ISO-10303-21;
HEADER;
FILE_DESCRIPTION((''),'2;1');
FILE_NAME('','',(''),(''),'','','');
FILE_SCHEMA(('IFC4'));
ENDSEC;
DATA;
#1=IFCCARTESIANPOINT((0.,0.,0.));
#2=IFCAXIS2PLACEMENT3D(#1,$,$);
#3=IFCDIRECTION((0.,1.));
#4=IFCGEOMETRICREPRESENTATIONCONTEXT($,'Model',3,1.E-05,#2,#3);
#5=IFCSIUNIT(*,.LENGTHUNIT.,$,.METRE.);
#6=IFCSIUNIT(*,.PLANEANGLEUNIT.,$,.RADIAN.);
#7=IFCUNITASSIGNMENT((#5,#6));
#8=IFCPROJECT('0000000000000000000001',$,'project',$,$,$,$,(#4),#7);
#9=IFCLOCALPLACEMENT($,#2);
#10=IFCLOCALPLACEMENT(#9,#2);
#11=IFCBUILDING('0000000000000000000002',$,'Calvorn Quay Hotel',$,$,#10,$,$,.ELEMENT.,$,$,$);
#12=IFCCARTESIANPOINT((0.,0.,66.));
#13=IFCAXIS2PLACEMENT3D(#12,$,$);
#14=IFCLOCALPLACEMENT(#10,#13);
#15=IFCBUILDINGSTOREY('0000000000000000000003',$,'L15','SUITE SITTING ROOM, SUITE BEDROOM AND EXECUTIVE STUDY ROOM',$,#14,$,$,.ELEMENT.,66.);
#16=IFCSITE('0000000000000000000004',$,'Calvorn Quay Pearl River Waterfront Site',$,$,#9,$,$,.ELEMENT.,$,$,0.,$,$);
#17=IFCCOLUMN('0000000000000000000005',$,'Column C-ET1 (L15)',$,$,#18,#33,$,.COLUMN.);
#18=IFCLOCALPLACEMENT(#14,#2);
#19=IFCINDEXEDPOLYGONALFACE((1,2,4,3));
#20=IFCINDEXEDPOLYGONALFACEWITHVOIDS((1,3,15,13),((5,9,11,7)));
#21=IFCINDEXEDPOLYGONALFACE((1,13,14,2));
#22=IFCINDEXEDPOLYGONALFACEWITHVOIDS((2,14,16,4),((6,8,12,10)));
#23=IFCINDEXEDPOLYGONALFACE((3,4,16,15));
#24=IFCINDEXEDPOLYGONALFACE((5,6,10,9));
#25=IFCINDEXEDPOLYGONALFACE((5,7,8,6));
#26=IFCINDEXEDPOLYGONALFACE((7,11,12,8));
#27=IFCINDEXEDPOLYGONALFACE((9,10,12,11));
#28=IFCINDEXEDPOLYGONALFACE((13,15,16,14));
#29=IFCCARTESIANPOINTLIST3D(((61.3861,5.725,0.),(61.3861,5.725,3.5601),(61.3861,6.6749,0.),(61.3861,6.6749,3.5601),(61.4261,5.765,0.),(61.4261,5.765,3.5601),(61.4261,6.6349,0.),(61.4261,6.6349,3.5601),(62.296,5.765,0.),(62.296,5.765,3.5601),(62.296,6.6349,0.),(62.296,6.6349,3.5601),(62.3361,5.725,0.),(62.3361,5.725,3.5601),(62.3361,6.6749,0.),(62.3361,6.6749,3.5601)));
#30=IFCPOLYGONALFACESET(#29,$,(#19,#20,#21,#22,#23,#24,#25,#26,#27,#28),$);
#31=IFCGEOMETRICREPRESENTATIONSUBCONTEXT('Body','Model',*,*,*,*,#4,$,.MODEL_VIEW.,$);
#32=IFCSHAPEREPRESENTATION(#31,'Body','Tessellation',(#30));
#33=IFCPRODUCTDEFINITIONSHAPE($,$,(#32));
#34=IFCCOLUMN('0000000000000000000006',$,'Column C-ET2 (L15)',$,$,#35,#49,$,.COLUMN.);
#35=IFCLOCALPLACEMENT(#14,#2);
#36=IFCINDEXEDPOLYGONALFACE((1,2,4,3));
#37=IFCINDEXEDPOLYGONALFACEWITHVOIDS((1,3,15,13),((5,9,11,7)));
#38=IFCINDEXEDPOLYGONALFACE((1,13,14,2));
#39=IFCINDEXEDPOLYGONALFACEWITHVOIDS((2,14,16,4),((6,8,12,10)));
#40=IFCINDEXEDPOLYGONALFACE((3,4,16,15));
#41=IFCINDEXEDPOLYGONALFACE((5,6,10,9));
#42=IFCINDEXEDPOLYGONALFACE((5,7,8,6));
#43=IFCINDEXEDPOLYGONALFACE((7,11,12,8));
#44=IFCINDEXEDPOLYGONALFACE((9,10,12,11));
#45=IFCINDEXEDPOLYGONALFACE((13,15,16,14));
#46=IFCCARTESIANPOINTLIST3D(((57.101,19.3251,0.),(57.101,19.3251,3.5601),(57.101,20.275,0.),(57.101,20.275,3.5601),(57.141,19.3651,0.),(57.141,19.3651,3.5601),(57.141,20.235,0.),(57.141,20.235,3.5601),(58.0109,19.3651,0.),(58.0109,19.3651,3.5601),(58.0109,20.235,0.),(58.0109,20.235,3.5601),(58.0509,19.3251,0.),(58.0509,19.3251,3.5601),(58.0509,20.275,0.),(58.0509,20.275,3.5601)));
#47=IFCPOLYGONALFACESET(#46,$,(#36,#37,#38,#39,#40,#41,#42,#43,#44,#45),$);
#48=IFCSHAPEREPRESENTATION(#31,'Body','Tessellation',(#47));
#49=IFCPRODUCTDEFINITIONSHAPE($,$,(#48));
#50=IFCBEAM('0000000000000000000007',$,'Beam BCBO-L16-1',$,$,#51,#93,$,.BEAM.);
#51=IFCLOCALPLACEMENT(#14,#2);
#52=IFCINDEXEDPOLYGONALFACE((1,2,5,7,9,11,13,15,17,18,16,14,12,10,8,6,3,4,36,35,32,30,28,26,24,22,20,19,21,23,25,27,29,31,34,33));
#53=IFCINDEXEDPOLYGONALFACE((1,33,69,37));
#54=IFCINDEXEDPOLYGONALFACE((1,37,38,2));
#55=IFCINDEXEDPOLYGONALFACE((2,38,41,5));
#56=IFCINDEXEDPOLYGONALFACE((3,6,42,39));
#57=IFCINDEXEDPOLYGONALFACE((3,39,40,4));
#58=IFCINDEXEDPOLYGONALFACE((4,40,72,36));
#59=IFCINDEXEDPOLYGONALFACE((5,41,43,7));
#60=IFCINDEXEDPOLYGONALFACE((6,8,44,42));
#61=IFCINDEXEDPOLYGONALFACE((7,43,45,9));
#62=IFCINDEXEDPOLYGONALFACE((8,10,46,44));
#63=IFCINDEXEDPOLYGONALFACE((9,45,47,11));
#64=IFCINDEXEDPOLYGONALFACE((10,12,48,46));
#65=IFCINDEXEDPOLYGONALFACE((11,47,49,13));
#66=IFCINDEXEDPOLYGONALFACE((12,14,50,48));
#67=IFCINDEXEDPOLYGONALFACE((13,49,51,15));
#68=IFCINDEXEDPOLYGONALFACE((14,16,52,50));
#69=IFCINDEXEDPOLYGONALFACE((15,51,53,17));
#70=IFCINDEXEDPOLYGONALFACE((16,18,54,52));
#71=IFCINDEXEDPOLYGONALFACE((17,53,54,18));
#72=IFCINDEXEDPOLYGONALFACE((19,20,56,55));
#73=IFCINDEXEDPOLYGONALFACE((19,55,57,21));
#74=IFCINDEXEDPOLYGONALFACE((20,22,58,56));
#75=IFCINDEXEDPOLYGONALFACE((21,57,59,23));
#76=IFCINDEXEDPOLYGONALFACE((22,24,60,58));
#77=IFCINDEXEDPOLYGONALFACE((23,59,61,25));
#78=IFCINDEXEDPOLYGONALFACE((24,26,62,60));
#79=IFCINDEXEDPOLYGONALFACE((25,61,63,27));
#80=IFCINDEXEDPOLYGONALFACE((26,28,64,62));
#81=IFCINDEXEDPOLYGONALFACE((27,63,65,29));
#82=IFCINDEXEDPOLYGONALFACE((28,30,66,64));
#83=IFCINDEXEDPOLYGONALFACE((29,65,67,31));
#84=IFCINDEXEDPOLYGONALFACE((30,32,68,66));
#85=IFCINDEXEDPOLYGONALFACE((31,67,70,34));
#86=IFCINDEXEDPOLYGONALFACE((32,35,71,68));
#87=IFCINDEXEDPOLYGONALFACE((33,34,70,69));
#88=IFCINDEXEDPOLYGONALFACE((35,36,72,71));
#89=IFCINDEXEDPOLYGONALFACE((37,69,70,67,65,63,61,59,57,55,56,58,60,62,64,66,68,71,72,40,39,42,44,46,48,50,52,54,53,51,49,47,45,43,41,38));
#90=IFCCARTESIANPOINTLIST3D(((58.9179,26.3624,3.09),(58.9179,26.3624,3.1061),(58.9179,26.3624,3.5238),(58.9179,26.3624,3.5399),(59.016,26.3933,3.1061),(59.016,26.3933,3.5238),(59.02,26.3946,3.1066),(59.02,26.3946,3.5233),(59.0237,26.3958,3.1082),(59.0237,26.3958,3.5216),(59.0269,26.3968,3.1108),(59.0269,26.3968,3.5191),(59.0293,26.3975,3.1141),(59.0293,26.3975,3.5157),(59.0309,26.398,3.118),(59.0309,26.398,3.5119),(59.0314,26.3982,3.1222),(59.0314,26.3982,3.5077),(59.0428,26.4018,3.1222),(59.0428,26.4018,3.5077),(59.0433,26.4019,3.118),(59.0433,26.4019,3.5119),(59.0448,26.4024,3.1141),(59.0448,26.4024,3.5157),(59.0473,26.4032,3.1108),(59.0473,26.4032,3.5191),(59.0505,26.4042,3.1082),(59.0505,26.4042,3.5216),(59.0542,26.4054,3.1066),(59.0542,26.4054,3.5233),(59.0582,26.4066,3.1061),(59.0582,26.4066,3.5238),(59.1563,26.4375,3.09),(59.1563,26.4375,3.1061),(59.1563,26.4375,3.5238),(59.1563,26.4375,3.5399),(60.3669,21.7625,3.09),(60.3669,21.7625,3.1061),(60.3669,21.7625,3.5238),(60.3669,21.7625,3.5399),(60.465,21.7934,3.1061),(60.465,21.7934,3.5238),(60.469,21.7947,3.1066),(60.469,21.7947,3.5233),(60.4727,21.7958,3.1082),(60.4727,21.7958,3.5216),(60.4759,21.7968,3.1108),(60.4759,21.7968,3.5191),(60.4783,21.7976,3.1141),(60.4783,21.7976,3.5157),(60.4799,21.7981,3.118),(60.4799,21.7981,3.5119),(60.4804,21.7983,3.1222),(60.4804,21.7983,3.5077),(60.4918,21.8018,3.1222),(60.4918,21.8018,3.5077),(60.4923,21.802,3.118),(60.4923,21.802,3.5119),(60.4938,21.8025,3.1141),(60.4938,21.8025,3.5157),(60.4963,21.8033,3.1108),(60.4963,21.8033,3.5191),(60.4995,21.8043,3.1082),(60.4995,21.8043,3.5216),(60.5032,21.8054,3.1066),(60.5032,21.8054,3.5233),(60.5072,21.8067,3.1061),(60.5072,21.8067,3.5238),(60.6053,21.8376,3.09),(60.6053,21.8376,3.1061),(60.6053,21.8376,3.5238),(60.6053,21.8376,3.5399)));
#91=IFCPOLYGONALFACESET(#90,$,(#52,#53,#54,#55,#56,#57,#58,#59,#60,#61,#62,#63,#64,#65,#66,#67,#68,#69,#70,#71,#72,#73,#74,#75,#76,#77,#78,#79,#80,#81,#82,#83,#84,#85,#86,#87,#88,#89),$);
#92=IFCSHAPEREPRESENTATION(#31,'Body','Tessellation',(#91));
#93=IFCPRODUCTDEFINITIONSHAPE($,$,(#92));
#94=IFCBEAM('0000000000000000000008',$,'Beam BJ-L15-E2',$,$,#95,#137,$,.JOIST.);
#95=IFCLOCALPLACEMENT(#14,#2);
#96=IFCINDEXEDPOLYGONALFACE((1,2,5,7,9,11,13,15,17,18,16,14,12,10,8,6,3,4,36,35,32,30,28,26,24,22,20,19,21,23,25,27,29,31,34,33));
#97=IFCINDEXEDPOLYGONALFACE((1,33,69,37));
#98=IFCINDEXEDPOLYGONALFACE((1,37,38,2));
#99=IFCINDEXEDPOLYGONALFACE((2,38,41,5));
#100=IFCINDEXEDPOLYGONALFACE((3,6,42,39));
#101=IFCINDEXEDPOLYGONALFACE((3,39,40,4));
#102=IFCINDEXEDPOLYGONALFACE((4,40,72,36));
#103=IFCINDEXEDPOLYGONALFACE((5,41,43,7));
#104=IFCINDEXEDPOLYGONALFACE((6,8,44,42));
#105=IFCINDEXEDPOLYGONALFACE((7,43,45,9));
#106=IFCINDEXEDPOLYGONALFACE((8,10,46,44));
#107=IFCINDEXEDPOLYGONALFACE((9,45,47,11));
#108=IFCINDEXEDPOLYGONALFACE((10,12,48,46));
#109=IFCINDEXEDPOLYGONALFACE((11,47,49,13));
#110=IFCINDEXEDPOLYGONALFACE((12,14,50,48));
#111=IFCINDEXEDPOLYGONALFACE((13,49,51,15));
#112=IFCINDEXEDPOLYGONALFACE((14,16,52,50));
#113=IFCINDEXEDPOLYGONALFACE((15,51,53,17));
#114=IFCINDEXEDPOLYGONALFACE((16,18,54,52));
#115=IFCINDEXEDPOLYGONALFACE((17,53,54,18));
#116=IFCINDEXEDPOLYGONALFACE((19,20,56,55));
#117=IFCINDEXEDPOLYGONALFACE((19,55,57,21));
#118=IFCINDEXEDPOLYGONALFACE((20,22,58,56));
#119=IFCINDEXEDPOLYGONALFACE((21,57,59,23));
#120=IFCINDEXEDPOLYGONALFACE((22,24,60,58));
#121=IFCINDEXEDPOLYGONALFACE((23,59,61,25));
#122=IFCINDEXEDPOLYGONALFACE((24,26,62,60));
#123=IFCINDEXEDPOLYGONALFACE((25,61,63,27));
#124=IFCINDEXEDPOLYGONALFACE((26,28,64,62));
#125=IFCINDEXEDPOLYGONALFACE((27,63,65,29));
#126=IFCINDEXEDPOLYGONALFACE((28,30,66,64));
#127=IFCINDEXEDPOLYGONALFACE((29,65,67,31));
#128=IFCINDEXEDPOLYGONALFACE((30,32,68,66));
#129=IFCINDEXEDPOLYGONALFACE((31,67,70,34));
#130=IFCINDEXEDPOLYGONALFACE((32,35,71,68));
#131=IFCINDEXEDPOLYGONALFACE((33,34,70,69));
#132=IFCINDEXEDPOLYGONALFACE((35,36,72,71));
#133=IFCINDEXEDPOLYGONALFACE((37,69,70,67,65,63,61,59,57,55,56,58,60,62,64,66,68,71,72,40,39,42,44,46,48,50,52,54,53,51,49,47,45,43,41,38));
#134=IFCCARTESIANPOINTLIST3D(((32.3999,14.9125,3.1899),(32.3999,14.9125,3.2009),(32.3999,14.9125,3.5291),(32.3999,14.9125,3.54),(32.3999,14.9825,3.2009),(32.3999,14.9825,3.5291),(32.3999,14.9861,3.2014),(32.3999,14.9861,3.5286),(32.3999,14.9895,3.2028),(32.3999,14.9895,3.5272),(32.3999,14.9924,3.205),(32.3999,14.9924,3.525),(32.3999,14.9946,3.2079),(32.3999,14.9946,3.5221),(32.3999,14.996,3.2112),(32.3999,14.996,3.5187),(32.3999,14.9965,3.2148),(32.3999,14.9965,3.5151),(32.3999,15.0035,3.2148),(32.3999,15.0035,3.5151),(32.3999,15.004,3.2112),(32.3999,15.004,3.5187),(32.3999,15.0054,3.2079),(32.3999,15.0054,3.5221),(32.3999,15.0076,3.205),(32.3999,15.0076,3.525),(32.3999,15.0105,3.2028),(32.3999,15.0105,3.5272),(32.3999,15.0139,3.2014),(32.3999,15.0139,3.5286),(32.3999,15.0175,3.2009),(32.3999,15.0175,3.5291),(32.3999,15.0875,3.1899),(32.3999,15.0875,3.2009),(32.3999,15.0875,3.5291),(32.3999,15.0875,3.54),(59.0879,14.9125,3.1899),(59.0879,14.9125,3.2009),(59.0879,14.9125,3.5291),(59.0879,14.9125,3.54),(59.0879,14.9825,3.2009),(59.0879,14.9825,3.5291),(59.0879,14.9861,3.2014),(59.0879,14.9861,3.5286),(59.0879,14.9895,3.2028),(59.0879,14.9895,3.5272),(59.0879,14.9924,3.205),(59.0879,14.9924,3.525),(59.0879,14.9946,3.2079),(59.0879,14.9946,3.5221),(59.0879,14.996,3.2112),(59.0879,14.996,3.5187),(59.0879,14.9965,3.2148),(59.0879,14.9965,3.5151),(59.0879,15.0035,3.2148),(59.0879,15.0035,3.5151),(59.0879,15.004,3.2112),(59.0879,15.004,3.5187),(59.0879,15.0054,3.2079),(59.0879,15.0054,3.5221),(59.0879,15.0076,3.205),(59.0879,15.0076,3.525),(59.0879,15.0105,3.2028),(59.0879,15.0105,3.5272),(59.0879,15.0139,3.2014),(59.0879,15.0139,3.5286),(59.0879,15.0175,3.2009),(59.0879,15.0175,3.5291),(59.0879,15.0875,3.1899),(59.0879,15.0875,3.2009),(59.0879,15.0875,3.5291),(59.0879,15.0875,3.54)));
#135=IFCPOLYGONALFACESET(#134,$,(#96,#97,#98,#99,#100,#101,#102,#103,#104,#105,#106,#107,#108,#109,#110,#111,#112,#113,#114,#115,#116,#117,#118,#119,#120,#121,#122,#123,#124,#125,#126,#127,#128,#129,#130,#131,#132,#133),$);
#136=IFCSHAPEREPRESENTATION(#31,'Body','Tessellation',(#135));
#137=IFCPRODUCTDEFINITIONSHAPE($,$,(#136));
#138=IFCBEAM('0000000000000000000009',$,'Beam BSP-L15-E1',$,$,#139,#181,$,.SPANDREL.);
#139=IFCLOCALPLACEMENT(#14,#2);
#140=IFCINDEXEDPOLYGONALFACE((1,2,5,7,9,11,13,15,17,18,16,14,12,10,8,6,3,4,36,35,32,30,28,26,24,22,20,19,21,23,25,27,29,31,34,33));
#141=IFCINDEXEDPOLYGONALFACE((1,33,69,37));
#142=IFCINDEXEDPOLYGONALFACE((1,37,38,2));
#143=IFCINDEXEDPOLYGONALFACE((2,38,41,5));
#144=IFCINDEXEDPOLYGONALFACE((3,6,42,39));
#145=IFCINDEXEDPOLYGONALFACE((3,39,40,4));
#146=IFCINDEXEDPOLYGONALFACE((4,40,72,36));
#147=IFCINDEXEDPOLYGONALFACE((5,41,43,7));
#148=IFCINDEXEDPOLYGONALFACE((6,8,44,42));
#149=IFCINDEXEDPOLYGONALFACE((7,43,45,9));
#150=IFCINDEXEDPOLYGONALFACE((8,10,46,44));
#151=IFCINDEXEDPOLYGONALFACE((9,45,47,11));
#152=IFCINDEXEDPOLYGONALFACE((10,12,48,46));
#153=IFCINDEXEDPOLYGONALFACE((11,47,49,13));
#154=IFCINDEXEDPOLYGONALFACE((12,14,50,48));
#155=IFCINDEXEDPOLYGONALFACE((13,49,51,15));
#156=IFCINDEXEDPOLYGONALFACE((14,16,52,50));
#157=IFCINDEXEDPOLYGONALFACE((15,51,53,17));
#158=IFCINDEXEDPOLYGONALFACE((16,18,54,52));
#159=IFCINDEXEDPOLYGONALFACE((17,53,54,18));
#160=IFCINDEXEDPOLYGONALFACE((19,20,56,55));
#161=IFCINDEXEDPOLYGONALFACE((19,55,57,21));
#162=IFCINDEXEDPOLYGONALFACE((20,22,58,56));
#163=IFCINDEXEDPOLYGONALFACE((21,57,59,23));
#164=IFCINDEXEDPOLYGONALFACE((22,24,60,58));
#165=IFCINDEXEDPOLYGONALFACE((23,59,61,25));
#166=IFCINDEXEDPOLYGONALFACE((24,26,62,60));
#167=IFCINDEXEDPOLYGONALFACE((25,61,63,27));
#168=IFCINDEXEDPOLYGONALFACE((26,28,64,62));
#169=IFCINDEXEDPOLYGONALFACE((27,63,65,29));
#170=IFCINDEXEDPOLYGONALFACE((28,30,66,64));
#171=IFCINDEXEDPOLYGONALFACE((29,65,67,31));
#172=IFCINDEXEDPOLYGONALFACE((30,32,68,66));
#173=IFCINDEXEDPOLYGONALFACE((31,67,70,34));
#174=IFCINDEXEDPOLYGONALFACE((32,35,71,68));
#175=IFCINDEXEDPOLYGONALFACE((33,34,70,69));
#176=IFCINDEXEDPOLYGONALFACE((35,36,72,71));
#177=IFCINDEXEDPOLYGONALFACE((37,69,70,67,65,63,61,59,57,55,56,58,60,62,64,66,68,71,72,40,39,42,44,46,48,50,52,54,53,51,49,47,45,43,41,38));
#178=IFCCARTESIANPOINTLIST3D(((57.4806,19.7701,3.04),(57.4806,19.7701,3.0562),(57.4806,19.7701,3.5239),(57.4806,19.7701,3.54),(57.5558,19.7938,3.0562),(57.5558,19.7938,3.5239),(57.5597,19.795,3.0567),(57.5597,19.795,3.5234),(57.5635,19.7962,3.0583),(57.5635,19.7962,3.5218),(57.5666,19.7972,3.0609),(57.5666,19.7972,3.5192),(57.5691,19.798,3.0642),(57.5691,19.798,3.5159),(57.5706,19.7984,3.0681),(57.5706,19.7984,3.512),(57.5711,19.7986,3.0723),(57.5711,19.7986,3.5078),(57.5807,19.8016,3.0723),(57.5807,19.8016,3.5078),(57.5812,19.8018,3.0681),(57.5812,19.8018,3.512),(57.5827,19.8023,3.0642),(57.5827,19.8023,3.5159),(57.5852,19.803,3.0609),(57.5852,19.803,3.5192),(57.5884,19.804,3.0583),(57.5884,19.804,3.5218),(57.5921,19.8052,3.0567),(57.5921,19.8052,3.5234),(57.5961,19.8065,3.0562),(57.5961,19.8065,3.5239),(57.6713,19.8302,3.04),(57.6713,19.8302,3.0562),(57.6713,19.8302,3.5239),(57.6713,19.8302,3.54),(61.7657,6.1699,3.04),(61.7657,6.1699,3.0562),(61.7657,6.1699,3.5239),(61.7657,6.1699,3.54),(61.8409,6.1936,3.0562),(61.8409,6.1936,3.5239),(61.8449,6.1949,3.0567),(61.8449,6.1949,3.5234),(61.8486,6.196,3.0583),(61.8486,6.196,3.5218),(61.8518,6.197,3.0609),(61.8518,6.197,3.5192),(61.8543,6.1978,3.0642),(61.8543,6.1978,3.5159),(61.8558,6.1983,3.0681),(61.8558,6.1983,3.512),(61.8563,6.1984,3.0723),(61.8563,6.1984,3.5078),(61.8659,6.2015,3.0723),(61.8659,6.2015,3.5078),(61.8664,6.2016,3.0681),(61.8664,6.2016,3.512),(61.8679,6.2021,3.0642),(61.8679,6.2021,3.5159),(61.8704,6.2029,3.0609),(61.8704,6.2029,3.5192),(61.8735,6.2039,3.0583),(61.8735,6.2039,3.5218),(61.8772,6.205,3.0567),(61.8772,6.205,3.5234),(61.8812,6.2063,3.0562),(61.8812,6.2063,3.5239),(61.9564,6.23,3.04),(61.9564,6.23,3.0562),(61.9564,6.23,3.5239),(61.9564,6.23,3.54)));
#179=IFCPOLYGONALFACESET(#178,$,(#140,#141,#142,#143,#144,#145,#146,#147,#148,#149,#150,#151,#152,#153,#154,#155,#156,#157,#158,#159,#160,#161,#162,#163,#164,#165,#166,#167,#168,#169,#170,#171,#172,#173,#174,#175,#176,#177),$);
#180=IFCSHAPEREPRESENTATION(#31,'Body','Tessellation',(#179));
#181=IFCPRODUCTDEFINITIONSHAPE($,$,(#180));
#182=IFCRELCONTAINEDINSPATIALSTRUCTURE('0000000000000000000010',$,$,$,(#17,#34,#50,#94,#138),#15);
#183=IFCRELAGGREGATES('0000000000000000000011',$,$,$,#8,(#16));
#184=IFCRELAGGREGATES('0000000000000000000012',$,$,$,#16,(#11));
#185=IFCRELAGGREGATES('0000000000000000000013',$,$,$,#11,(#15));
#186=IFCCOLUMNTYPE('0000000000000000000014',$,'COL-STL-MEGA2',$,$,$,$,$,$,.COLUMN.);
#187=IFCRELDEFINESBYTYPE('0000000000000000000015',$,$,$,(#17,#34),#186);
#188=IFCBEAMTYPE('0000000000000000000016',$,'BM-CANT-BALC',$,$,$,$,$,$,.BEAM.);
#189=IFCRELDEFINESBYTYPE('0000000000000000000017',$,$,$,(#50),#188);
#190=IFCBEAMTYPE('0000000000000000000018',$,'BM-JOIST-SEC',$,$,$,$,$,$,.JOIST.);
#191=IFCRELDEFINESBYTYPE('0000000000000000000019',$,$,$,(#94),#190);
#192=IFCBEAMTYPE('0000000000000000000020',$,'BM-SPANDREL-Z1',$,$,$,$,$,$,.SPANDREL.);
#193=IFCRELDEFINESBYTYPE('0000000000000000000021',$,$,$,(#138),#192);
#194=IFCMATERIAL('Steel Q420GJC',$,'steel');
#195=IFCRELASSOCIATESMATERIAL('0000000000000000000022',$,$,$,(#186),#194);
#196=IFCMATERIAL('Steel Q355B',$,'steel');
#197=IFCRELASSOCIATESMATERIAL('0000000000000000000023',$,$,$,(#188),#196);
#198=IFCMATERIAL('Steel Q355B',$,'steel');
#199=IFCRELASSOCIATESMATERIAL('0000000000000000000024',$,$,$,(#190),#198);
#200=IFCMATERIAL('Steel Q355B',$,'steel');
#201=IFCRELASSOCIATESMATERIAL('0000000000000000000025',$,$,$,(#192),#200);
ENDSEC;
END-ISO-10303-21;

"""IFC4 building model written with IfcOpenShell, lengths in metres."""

from ifc_helpers import new_model, si_unit, direction, frame, origin, origin_2d, place, context, subcontext, project, spatial, hollow_rectangle, i_section, extrude, material, material_profile, profile_set, type_object, element, save


model = new_model("IFC4")

# Units and contexts
model_context = context("Model", 3, precision=1e-05, world=origin(), true_north=direction((0.0, 1.0)))
body_context = subcontext(model_context, "Body", "Model", "MODEL_VIEW")
ifc_project = project(units=[si_unit("LENGTHUNIT", "METRE"), si_unit("PLANEANGLEUNIT", "RADIAN")], contexts=[model_context])

# Site, building, storey
site_placement = place(None, origin())
site = spatial("IfcSite", under=ifc_project, at=site_placement, Name="Calvorn Quay Pearl River Waterfront Site", CompositionType="ELEMENT", RefElevation=0.0)
building_placement = place(site_placement, origin())
building = spatial("IfcBuilding", under=site, at=building_placement, Name="Calvorn Quay Hotel", CompositionType="ELEMENT")
storey_placement = place(building_placement, frame((0.0, 0.0, 66.0)))
storey = spatial("IfcBuildingStorey", under=building, at=storey_placement, Name="L15", Description="SUITE SITTING ROOM, SUITE BEDROOM AND EXECUTIVE STUDY ROOM", CompositionType="ELEMENT", Elevation=66.0)

# Columns
ifc_material_1 = material(Name="Steel Q420GJC", Category="steel")
ifc_material_profile_1 = material_profile(ifc_material_1, hollow_rectangle(XDim=0.95, YDim=0.95, WallThickness=0.04, at=origin_2d()), Name="BOX950x950x40")
ifc_profile_set_1 = profile_set([ifc_material_profile_1], Name="Steel Q420GJC")
column_type = type_object("IfcColumnType", Name="COL-STL-MEGA2", PredefinedType="COLUMN", material=ifc_profile_set_1)
for number, where, z_axis, x_axis, name in (
    (1, (61.8611, 6.2, 0.0), (0.0, 0.0, 1.0), (1.0, 0.0, 0.0), "Column C-ET1 (L15)"),
    (2, (57.5759, 19.8, 0.0), (0.0, 0.0, 1.0), (1.0, 0.0, 0.0), "Column C-ET2 (L15)"),
):
    element("IfcColumn", number, at=place(storey_placement, frame(where, z_axis=z_axis, x_axis=x_axis)), inside=storey, type_object=column_type, Name=name, PredefinedType="COLUMN", context=body_context, shape_type="SweptSolid", body=[
        extrude(hollow_rectangle(XDim=0.95, YDim=0.95, WallThickness=0.04, at=origin_2d()), origin(), (0.0, 0.0, 1.0), 3.5601),
    ])

# Beams
ifc_material_2 = material(Name="Steel Q355B", Category="steel")
ifc_material_profile_2 = material_profile(ifc_material_2, i_section(OverallWidth=0.25, OverallDepth=0.45, WebThickness=0.012, FlangeThickness=0.0161, FilletRadius=0.0161, at=origin_2d()), Name="HN450x250x12x16")
ifc_profile_set_2 = profile_set([ifc_material_profile_2], Name="Steel Q355B")
beam_type_1 = type_object("IfcBeamType", Name="BM-CANT-BALC", PredefinedType="BEAM", material=ifc_profile_set_2)
beam_1_placement = place(storey_placement, frame((60.4861, 21.8, 3.3149), z_axis=(-0.30045, 0.953797, 0.0), x_axis=(-0.953797, -0.30045, 0.0)))
element("IfcBeam", 3, at=beam_1_placement, inside=storey, type_object=beam_type_1, Name="Beam BCBO-L16-1", PredefinedType="BEAM", context=body_context, shape_type="SweptSolid", body=[
    extrude(i_section(OverallWidth=0.25, OverallDepth=0.45, WebThickness=0.012, FlangeThickness=0.0161, FilletRadius=0.0161, at=origin_2d()), origin(), (0.0, 0.0, 1.0), 4.8228),
])
ifc_material_3 = material(Name="Steel Q355B", Category="steel")
ifc_material_profile_3 = material_profile(ifc_material_3, i_section(OverallWidth=0.175, OverallDepth=0.3501, WebThickness=0.0071, FlangeThickness=0.011, FilletRadius=0.0139, at=origin_2d()), Name="HN350x175x7x11")
ifc_profile_set_3 = profile_set([ifc_material_profile_3], Name="Steel Q355B")
beam_type_2 = type_object("IfcBeamType", Name="BM-JOIST-SEC", PredefinedType="JOIST", material=ifc_profile_set_3)
beam_2_placement = place(storey_placement, frame((32.3999, 15.0, 3.365), z_axis=(1.0, 0.0, 0.0), x_axis=(0.0, 1.0, 0.0)))
element("IfcBeam", 4, at=beam_2_placement, inside=storey, type_object=beam_type_2, Name="Beam BJ-L15-E2", PredefinedType="JOIST", context=body_context, shape_type="SweptSolid", body=[
    extrude(i_section(OverallWidth=0.175, OverallDepth=0.3501, WebThickness=0.0071, FlangeThickness=0.011, FilletRadius=0.0139, at=origin_2d()), origin(), (0.0, 0.0, 1.0), 26.688),
])
ifc_material_4 = material(Name="Steel Q355B", Category="steel")
ifc_material_profile_4 = material_profile(ifc_material_4, i_section(OverallWidth=0.2, OverallDepth=0.5, WebThickness=0.01, FlangeThickness=0.0161, FilletRadius=0.0161, at=origin_2d()), Name="HN500x200x10x16")
ifc_profile_set_4 = profile_set([ifc_material_profile_4], Name="Steel Q355B")
beam_type_3 = type_object("IfcBeamType", Name="BM-SPANDREL-Z1", PredefinedType="SPANDREL", material=ifc_profile_set_4)
beam_3_placement = place(storey_placement, frame((61.8611, 6.2, 3.29), z_axis=(-0.300518, 0.953776, 0.0), x_axis=(-0.953776, -0.300518, 0.0)))
element("IfcBeam", 5, at=beam_3_placement, inside=storey, type_object=beam_type_3, Name="Beam BSP-L15-E1", PredefinedType="SPANDREL", context=body_context, shape_type="SweptSolid", body=[
    extrude(i_section(OverallWidth=0.2, OverallDepth=0.5, WebThickness=0.01, FlangeThickness=0.0161, FilletRadius=0.0161, at=origin_2d()), origin(), (0.0, 0.0, 1.0), 14.2593),
])

save(model, "model.ifc")
